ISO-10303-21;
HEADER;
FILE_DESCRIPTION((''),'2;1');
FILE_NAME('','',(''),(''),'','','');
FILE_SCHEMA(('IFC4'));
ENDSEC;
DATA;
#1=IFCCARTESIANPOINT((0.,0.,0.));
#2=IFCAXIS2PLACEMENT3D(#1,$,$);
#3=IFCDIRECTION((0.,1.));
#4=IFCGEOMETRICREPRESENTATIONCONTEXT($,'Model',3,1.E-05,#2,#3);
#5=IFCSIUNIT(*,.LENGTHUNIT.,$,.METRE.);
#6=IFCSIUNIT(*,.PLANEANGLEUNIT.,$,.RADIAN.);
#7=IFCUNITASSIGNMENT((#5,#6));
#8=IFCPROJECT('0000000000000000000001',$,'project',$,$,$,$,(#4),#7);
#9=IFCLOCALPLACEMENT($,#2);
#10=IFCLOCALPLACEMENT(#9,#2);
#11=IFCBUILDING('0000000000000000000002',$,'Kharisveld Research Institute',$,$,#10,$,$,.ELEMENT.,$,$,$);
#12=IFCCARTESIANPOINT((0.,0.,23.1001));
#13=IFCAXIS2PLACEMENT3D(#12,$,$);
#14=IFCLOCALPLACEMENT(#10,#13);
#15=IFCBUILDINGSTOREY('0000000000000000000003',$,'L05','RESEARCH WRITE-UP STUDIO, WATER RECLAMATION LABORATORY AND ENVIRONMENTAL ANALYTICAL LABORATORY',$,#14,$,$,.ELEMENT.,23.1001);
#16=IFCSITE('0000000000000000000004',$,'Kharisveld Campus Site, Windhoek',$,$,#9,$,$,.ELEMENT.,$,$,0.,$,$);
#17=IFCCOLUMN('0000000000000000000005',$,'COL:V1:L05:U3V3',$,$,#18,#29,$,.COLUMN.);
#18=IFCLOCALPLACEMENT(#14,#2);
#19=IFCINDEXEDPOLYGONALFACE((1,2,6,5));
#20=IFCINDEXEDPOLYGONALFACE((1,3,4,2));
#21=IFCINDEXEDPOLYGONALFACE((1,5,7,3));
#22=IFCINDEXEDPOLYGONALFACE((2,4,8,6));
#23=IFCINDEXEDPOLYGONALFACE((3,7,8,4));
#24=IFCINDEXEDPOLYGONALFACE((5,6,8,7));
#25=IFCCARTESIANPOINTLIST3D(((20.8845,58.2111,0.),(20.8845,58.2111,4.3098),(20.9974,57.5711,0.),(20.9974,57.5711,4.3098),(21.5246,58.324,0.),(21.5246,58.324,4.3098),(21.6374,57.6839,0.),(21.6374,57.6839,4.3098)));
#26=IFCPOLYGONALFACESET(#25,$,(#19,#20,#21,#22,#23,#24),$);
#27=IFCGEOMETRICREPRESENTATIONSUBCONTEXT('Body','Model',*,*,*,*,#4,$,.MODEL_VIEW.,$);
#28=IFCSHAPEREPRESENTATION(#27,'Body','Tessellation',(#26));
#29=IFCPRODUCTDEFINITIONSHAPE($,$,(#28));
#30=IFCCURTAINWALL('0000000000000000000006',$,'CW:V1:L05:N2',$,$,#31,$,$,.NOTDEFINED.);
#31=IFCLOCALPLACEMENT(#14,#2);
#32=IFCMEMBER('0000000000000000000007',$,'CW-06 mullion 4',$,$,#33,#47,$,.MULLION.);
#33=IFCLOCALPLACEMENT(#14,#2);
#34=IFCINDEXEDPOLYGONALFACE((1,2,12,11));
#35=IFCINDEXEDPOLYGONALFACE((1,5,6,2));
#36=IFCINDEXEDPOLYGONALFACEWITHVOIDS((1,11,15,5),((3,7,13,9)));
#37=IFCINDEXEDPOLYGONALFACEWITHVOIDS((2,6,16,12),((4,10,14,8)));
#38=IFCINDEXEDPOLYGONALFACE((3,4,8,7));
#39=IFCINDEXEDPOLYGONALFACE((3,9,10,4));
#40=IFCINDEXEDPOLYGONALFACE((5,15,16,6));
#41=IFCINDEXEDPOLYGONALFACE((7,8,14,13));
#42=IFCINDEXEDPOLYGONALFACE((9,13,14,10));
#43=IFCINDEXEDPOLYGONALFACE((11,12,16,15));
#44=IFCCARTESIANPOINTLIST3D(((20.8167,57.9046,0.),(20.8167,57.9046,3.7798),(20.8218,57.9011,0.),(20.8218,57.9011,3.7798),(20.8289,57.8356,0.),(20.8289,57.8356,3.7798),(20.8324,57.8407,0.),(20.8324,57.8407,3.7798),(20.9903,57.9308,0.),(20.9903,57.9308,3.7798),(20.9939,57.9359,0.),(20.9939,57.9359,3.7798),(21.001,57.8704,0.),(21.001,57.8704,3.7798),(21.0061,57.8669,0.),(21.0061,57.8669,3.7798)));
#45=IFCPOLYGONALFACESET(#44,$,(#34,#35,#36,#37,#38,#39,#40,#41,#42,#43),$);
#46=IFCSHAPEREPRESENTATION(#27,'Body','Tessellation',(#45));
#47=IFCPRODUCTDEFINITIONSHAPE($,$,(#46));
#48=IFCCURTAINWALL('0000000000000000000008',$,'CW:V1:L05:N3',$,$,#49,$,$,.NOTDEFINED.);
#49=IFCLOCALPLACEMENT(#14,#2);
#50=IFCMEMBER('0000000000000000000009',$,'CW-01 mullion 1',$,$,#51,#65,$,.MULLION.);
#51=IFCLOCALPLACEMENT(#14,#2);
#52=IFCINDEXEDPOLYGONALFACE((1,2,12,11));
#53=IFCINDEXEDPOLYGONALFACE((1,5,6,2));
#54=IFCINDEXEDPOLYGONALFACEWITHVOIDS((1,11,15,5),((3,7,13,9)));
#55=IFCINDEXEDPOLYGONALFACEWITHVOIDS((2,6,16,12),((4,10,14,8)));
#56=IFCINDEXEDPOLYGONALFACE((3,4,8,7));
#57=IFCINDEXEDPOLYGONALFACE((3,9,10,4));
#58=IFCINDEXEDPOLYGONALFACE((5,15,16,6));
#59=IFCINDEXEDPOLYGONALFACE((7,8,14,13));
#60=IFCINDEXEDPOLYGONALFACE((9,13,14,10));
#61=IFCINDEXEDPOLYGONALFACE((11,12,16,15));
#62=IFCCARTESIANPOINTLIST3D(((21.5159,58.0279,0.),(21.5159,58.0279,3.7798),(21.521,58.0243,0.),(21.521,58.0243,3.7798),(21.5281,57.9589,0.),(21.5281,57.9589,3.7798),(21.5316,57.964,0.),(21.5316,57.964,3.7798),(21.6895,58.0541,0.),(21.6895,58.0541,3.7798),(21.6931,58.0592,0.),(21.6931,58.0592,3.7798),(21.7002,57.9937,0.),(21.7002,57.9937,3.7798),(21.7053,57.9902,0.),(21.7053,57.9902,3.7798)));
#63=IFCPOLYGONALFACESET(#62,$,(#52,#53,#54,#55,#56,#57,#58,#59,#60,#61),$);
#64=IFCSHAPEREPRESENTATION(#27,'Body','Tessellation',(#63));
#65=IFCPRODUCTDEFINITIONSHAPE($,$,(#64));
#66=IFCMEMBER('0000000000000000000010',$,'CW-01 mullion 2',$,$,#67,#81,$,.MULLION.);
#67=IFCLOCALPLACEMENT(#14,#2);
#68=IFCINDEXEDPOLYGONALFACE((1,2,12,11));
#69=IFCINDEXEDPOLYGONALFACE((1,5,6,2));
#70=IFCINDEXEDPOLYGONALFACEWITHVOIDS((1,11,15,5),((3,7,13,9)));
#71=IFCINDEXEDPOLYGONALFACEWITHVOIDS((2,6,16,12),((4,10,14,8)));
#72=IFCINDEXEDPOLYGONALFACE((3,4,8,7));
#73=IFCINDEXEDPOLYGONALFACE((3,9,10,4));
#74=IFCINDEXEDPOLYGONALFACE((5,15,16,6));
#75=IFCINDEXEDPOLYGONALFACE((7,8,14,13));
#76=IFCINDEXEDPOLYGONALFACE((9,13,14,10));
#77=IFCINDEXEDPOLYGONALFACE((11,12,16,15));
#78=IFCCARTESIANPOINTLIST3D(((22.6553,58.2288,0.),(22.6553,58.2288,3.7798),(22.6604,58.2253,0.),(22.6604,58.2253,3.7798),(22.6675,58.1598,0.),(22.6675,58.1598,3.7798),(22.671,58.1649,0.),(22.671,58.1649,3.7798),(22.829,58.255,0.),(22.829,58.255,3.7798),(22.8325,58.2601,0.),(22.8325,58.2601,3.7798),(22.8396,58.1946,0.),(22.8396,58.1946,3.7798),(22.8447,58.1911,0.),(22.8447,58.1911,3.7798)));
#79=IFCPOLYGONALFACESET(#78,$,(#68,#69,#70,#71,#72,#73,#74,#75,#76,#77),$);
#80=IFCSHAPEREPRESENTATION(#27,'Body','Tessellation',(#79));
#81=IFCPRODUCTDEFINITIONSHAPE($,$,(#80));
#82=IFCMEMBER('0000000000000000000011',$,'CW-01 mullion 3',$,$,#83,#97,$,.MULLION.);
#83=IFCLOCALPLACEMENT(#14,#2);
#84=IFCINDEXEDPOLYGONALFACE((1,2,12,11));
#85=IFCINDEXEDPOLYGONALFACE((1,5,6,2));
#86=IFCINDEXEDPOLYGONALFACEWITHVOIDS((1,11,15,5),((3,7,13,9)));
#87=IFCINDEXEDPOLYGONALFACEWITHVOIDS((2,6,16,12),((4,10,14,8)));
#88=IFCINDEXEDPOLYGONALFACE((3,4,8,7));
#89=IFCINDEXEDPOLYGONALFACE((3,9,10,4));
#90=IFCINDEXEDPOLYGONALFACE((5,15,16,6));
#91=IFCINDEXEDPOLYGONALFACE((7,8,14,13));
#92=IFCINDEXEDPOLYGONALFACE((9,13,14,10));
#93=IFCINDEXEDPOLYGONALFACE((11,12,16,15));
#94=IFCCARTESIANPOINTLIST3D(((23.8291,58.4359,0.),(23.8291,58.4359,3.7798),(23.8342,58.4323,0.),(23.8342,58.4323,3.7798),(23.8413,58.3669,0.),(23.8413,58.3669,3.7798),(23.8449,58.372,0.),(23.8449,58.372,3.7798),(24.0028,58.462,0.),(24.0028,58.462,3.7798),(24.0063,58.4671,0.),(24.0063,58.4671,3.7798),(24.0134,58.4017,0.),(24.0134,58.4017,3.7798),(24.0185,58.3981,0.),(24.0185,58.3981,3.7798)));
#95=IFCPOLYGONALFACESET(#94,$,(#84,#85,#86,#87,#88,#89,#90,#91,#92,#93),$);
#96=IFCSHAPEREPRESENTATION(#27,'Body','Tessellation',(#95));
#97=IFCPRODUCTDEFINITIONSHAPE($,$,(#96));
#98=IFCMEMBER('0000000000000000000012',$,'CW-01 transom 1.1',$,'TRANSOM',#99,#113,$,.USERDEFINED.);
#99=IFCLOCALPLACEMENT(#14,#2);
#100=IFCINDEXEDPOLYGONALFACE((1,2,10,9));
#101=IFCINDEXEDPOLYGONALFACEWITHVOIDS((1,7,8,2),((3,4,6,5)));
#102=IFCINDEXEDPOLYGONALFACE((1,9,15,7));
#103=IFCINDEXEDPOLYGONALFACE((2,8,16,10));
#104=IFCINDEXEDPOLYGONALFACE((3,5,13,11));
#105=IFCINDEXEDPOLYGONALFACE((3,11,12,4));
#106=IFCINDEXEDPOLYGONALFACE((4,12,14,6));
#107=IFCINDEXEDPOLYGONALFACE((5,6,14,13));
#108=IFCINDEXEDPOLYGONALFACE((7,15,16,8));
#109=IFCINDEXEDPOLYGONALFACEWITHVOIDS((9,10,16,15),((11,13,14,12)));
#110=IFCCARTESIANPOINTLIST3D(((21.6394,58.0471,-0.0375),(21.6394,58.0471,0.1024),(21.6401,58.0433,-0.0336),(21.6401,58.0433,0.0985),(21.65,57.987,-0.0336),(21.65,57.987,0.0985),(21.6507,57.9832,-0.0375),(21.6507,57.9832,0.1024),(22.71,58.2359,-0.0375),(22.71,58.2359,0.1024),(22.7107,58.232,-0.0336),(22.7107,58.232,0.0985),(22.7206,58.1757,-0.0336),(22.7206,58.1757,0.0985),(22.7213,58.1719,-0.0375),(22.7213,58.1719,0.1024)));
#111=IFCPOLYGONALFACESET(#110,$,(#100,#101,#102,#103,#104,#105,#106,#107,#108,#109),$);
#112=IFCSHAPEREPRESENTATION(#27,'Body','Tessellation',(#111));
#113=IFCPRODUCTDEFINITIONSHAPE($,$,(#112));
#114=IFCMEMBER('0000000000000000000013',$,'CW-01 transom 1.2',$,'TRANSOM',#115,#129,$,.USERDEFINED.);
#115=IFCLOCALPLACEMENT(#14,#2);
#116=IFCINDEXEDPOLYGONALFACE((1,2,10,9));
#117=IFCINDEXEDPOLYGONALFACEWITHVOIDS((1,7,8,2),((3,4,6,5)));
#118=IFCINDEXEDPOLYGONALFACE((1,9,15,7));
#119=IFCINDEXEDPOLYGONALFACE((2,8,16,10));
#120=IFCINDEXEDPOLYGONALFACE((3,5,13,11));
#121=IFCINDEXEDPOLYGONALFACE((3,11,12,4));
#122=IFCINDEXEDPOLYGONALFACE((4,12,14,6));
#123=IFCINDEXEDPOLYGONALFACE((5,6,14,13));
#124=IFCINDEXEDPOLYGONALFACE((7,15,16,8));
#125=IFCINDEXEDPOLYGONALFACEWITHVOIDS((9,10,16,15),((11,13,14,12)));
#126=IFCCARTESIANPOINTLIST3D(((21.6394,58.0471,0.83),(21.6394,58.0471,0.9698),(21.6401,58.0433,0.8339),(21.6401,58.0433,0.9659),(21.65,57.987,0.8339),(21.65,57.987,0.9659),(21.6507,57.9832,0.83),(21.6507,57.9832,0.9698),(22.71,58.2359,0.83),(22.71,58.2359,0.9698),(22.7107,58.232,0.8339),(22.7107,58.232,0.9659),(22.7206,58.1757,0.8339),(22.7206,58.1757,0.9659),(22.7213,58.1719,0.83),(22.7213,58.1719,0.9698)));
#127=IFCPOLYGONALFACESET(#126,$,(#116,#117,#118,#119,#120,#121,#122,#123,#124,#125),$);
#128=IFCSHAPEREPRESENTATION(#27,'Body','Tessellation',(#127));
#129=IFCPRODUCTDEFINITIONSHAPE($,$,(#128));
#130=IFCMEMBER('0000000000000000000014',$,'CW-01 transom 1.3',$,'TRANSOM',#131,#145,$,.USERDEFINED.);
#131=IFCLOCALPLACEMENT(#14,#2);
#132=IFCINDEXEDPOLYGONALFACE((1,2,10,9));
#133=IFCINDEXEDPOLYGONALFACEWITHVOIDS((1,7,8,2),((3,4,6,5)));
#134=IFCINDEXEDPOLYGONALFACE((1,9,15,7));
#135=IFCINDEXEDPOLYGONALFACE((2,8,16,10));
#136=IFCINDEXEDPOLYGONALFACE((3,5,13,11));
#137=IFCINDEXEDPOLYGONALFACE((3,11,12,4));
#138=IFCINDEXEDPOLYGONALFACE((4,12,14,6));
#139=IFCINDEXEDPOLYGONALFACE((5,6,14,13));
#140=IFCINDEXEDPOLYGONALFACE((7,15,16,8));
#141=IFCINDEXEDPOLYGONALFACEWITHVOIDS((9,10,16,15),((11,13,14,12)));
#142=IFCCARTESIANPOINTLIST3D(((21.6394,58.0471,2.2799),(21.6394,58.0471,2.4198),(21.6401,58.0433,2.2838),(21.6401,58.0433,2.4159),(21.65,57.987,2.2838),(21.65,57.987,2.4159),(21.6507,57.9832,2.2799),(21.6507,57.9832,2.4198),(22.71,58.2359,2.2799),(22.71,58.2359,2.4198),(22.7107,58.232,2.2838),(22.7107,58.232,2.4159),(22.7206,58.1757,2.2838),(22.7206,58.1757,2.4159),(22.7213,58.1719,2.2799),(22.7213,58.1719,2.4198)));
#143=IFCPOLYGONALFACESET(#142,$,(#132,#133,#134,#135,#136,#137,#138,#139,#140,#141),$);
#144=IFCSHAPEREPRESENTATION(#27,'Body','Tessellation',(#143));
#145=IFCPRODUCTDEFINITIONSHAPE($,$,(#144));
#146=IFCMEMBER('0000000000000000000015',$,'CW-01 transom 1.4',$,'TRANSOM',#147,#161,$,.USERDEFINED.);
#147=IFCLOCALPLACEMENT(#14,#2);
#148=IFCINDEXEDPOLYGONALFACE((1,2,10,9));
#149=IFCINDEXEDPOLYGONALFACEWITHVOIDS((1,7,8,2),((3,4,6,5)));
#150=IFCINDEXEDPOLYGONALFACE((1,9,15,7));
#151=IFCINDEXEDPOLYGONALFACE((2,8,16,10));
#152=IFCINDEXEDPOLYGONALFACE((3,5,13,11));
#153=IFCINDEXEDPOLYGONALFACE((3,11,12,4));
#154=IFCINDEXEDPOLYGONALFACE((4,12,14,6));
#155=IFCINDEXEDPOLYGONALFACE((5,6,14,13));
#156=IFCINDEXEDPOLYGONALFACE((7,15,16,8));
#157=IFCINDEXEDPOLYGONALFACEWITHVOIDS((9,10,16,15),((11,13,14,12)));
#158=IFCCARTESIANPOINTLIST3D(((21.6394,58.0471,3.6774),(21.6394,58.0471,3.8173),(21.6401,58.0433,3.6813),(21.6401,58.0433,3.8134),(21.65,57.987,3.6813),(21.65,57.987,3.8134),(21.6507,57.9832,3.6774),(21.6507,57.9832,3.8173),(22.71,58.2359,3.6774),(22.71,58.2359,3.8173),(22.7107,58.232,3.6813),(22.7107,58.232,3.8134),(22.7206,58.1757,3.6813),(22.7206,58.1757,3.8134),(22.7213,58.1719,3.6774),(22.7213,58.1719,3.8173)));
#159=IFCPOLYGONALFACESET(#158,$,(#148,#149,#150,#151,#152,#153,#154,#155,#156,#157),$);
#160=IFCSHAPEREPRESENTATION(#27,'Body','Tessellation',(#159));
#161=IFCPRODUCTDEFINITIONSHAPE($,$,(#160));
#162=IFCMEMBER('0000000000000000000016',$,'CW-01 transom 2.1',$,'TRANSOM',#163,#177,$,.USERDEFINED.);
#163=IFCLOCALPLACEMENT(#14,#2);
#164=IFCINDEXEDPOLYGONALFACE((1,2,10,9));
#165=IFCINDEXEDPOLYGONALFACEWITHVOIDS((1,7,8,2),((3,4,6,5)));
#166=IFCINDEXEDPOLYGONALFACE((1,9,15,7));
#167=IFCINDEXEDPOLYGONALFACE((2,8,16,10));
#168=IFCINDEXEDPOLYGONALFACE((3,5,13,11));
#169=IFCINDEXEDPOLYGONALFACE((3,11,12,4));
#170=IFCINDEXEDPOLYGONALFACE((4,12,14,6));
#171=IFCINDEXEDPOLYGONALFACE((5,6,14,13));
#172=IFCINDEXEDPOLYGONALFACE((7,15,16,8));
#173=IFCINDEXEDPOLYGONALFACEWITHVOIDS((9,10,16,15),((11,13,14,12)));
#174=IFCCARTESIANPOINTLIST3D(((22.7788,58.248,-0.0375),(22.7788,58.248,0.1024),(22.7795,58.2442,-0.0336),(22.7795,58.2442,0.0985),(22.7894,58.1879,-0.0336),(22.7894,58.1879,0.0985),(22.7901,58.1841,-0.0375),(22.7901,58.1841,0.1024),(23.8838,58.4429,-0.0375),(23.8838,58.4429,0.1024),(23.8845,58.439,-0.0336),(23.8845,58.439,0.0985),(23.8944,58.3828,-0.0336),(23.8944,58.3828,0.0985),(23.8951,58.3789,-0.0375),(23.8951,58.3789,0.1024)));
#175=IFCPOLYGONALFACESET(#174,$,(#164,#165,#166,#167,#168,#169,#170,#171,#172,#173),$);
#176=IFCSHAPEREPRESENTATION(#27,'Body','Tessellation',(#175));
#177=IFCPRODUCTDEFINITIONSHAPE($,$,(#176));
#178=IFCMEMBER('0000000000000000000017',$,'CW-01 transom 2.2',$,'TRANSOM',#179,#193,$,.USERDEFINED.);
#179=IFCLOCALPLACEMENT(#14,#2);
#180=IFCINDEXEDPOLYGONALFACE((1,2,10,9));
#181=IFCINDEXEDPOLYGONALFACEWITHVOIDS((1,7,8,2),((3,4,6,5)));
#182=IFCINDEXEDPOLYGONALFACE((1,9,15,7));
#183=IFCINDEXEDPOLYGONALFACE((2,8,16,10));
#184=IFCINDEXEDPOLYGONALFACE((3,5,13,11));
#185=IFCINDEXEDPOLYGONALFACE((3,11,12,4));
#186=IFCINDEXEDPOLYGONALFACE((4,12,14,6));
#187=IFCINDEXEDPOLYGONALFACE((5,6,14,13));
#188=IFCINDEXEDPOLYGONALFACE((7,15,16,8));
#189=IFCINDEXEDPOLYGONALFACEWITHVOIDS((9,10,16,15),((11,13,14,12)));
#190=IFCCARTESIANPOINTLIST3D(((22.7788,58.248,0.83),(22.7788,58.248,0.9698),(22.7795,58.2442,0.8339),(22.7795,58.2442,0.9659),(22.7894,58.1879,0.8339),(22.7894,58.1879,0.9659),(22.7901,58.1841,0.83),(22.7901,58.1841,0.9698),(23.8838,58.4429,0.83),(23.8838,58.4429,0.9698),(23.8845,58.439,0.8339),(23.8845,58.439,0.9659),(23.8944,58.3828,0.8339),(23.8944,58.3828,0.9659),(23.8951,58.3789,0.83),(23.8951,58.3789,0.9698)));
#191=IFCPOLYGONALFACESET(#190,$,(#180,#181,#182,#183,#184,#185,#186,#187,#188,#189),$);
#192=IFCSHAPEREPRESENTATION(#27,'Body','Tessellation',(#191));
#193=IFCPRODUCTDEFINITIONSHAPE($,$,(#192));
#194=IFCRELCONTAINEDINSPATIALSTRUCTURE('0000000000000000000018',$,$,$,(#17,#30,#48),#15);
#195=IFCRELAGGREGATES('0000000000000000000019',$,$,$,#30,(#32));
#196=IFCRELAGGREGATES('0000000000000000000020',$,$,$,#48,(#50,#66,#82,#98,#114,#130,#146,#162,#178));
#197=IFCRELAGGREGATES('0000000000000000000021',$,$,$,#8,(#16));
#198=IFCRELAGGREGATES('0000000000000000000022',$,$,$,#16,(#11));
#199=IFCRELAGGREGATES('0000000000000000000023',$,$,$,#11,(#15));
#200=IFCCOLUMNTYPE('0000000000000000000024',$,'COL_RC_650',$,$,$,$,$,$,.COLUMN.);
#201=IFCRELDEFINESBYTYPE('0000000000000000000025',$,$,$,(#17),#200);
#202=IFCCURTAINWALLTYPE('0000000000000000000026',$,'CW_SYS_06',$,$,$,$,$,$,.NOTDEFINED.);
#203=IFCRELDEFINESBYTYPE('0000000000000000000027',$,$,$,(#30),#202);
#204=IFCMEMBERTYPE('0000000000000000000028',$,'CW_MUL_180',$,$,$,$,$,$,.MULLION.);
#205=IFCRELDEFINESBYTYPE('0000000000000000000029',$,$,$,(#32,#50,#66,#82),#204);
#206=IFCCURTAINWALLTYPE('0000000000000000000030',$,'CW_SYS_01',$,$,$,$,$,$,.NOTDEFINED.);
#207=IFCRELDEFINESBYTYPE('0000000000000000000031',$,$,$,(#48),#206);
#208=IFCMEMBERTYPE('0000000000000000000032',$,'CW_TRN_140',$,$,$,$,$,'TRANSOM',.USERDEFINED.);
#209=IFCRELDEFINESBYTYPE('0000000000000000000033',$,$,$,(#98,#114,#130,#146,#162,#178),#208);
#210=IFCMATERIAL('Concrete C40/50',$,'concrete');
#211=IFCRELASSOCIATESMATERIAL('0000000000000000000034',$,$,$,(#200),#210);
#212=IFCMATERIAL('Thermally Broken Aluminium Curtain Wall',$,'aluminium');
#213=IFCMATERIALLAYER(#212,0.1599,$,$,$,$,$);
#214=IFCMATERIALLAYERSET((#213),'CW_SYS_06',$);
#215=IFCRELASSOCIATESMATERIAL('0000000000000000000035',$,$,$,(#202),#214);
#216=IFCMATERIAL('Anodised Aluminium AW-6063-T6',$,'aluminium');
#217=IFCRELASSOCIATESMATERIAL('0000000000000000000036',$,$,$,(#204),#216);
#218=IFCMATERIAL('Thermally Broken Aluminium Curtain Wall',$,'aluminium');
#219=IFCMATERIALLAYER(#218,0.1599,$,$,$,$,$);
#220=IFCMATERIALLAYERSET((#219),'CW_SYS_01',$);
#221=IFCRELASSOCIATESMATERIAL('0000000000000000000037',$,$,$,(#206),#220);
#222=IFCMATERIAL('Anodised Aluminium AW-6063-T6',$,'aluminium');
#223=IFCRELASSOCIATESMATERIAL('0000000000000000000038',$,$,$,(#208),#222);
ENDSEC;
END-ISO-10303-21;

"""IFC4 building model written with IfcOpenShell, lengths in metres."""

from ifc_helpers import new_model, si_unit, direction, frame, origin, origin_2d, place, context, subcontext, project, spatial, rectangle, hollow_rectangle, extrude, material, layer, layer_set, material_profile, profile_set, type_object, element, aggregate, save


model = new_model("IFC4")

# Units and contexts
model_context = context("Model", 3, precision=1e-05, world=origin(), true_north=direction((0.0, 1.0)))
body_context = subcontext(model_context, "Body", "Model", "MODEL_VIEW")
ifc_project = project(units=[si_unit("LENGTHUNIT", "METRE"), si_unit("PLANEANGLEUNIT", "RADIAN")], contexts=[model_context])

# Site, building, storey
site_placement = place(None, origin())
site = spatial("IfcSite", under=ifc_project, at=site_placement, Name="Kharisveld Campus Site, Windhoek", CompositionType="ELEMENT", RefElevation=0.0)
building_placement = place(site_placement, origin())
building = spatial("IfcBuilding", under=site, at=building_placement, Name="Kharisveld Research Institute", CompositionType="ELEMENT")
storey_placement = place(building_placement, frame((0.0, 0.0, 23.1001)))
storey = spatial("IfcBuildingStorey", under=building, at=storey_placement, Name="L05", Description="RESEARCH WRITE-UP STUDIO, WATER RECLAMATION LABORATORY AND ENVIRONMENTAL ANALYTICAL LABORATORY", CompositionType="ELEMENT", Elevation=23.1001)

# Column
ifc_material_1 = material(Name="Concrete C40/50", Category="concrete")
ifc_material_profile_1 = material_profile(ifc_material_1, rectangle(XDim=0.6499, YDim=0.6499, at=origin_2d()))
ifc_profile_set_1 = profile_set([ifc_material_profile_1], Name="Concrete C40/50")
column_type = type_object("IfcColumnType", Name="COL_RC_650", PredefinedType="COLUMN", material=ifc_profile_set_1)
column_placement = place(storey_placement, frame((21.261, 57.9475, 0.0), z_axis=(0.0, 0.0, 1.0), x_axis=(0.984808, 0.173648, 0.0)))
element("IfcColumn", 1, at=column_placement, inside=storey, type_object=column_type, Name="COL:V1:L05:U3V3", PredefinedType="COLUMN", context=body_context, shape_type="SweptSolid", body=[
    extrude(rectangle(XDim=0.6499, YDim=0.6499, at=origin_2d()), origin(), (0.0, 0.0, 1.0), 4.3098),
])

# Curtain wall, member
ifc_material_2 = material(Name="Thermally Broken Aluminium Curtain Wall", Category="aluminium")
ifc_layer_1 = layer(ifc_material_2, 0.1599)
ifc_layer_set_1 = layer_set([ifc_layer_1], Name="CW_SYS_06")
curtain_wall_type_1 = type_object("IfcCurtainWallType", Name="CW_SYS_06", PredefinedType="NOTDEFINED", material=ifc_layer_set_1)
curtain_wall_1_placement = place(storey_placement, origin())
curtain_wall_1 = element("IfcCurtainWall", 2, at=curtain_wall_1_placement, inside=storey, type_object=curtain_wall_type_1, Name="CW:V1:L05:N2", PredefinedType="NOTDEFINED")
ifc_material_3 = material(Name="Anodised Aluminium AW-6063-T6", Category="aluminium")
ifc_material_profile_2 = material_profile(ifc_material_3, hollow_rectangle(XDim=0.0701, YDim=0.1799, WallThickness=0.0044, at=origin_2d()))
ifc_profile_set_2 = profile_set([ifc_material_profile_2], Name="Anodised Aluminium AW-6063-T6")
member_type_1 = type_object("IfcMemberType", Name="CW_MUL_180", PredefinedType="MULLION", material=ifc_profile_set_2)
member_1_placement = place(storey_placement, frame((20.9114, 57.8857, 0.0), z_axis=(0.0, 0.0, 1.0), x_axis=(-0.173648, 0.984808, 0.0)))
member_1 = element("IfcMember", 3, at=member_1_placement, type_object=member_type_1, Name="CW-06 mullion 4", PredefinedType="MULLION", context=body_context, shape_type="SweptSolid", body=[
    extrude(hollow_rectangle(XDim=0.0701, YDim=0.1799, WallThickness=0.0044, at=origin_2d()), origin(), (0.0, 0.0, 1.0), 3.7798),
])

# Curtain wall, members
ifc_material_4 = material(Name="Thermally Broken Aluminium Curtain Wall", Category="aluminium")
ifc_layer_2 = layer(ifc_material_4, 0.1599)
ifc_layer_set_2 = layer_set([ifc_layer_2], Name="CW_SYS_01")
curtain_wall_type_2 = type_object("IfcCurtainWallType", Name="CW_SYS_01", PredefinedType="NOTDEFINED", material=ifc_layer_set_2)
curtain_wall_2_placement = place(storey_placement, origin())
curtain_wall_2 = element("IfcCurtainWall", 4, at=curtain_wall_2_placement, inside=storey, type_object=curtain_wall_type_2, Name="CW:V1:L05:N3", PredefinedType="NOTDEFINED")
member_2_placement = place(storey_placement, frame((21.6106, 58.009, 0.0), z_axis=(0.0, 0.0, 1.0), x_axis=(-0.173648, 0.984808, 0.0)))
member_2 = element("IfcMember", 5, at=member_2_placement, type_object=member_type_1, Name="CW-01 mullion 1", PredefinedType="MULLION", context=body_context, shape_type="SweptSolid", body=[
    extrude(hollow_rectangle(XDim=0.0701, YDim=0.1799, WallThickness=0.0044, at=origin_2d()), origin(), (0.0, 0.0, 1.0), 3.7798),
])
member_3_placement = place(storey_placement, frame((22.75, 58.21, 0.0), z_axis=(0.0, 0.0, 1.0), x_axis=(-0.173648, 0.984808, 0.0)))
member_3 = element("IfcMember", 6, at=member_3_placement, type_object=member_type_1, Name="CW-01 mullion 2", PredefinedType="MULLION", context=body_context, shape_type="SweptSolid", body=[
    extrude(hollow_rectangle(XDim=0.0701, YDim=0.1799, WallThickness=0.0044, at=origin_2d()), origin(), (0.0, 0.0, 1.0), 3.7798),
])
member_4_placement = place(storey_placement, frame((23.9238, 58.417, 0.0), z_axis=(0.0, 0.0, 1.0), x_axis=(-0.173648, 0.984808, 0.0)))
member_4 = element("IfcMember", 7, at=member_4_placement, type_object=member_type_1, Name="CW-01 mullion 3", PredefinedType="MULLION", context=body_context, shape_type="SweptSolid", body=[
    extrude(hollow_rectangle(XDim=0.0701, YDim=0.1799, WallThickness=0.0044, at=origin_2d()), origin(), (0.0, 0.0, 1.0), 3.7798),
])
ifc_material_5 = material(Name="Anodised Aluminium AW-6063-T6", Category="aluminium")
ifc_material_profile_3 = material_profile(ifc_material_5, hollow_rectangle(XDim=0.0649, YDim=0.1399, WallThickness=0.0039, at=origin_2d()))
ifc_profile_set_3 = profile_set([ifc_material_profile_3], Name="Anodised Aluminium AW-6063-T6")
member_type_2 = type_object("IfcMemberType", Name="CW_TRN_140", ElementType="TRANSOM", PredefinedType="USERDEFINED", material=ifc_profile_set_3)
member_5_placement = place(storey_placement, frame((21.645, 58.0151, 0.0325), z_axis=(0.984815, 0.173606, 0.0), x_axis=(-0.173606, 0.984815, 0.0)))
member_5 = element("IfcMember", 8, at=member_5_placement, type_object=member_type_2, Name="CW-01 transom 1.1", ObjectType="TRANSOM", PredefinedType="USERDEFINED", context=body_context, shape_type="SweptSolid", body=[
    extrude(hollow_rectangle(XDim=0.0649, YDim=0.1399, WallThickness=0.0039, at=origin_2d()), origin(), (0.0, 0.0, 1.0), 1.0872),
])
member_6_placement = place(storey_placement, frame((21.645, 58.0151, 0.8999), z_axis=(0.984815, 0.173606, 0.0), x_axis=(-0.173606, 0.984815, 0.0)))
member_6 = element("IfcMember", 9, at=member_6_placement, type_object=member_type_2, Name="CW-01 transom 1.2", ObjectType="TRANSOM", PredefinedType="USERDEFINED", context=body_context, shape_type="SweptSolid", body=[
    extrude(hollow_rectangle(XDim=0.0649, YDim=0.1399, WallThickness=0.0039, at=origin_2d()), origin(), (0.0, 0.0, 1.0), 1.0872),
])
member_7_placement = place(storey_placement, frame((21.645, 58.0151, 2.3499), z_axis=(0.984815, 0.173606, 0.0), x_axis=(-0.173606, 0.984815, 0.0)))
member_7 = element("IfcMember", 10, at=member_7_placement, type_object=member_type_2, Name="CW-01 transom 1.3", ObjectType="TRANSOM", PredefinedType="USERDEFINED", context=body_context, shape_type="SweptSolid", body=[
    extrude(hollow_rectangle(XDim=0.0649, YDim=0.1399, WallThickness=0.0039, at=origin_2d()), origin(), (0.0, 0.0, 1.0), 1.0872),
])
member_8_placement = place(storey_placement, frame((21.645, 58.0151, 3.7473), z_axis=(0.984815, 0.173606, 0.0), x_axis=(-0.173606, 0.984815, 0.0)))
member_8 = element("IfcMember", 11, at=member_8_placement, type_object=member_type_2, Name="CW-01 transom 1.4", ObjectType="TRANSOM", PredefinedType="USERDEFINED", context=body_context, shape_type="SweptSolid", body=[
    extrude(hollow_rectangle(XDim=0.0649, YDim=0.1399, WallThickness=0.0039, at=origin_2d()), origin(), (0.0, 0.0, 1.0), 1.0872),
])
member_9_placement = place(storey_placement, frame((22.7844, 58.2161, 0.0325), z_axis=(0.98481, 0.173636, 0.0), x_axis=(-0.173636, 0.98481, 0.0)))
member_9 = element("IfcMember", 12, at=member_9_placement, type_object=member_type_2, Name="CW-01 transom 2.1", ObjectType="TRANSOM", PredefinedType="USERDEFINED", context=body_context, shape_type="SweptSolid", body=[
    extrude(hollow_rectangle(XDim=0.0649, YDim=0.1399, WallThickness=0.0039, at=origin_2d()), origin(), (0.0, 0.0, 1.0), 1.1221),
])
member_10_placement = place(storey_placement, frame((22.7844, 58.2161, 0.8999), z_axis=(0.98481, 0.173636, 0.0), x_axis=(-0.173636, 0.98481, 0.0)))
member_10 = element("IfcMember", 13, at=member_10_placement, type_object=member_type_2, Name="CW-01 transom 2.2", ObjectType="TRANSOM", PredefinedType="USERDEFINED", context=body_context, shape_type="SweptSolid", body=[
    extrude(hollow_rectangle(XDim=0.0649, YDim=0.1399, WallThickness=0.0039, at=origin_2d()), origin(), (0.0, 0.0, 1.0), 1.1221),
])

aggregate(curtain_wall_1, [member_1])
aggregate(curtain_wall_2, [member_2, member_3, member_4, member_5, member_6, member_7, member_8, member_9, member_10])

save(model, "model.ifc")
